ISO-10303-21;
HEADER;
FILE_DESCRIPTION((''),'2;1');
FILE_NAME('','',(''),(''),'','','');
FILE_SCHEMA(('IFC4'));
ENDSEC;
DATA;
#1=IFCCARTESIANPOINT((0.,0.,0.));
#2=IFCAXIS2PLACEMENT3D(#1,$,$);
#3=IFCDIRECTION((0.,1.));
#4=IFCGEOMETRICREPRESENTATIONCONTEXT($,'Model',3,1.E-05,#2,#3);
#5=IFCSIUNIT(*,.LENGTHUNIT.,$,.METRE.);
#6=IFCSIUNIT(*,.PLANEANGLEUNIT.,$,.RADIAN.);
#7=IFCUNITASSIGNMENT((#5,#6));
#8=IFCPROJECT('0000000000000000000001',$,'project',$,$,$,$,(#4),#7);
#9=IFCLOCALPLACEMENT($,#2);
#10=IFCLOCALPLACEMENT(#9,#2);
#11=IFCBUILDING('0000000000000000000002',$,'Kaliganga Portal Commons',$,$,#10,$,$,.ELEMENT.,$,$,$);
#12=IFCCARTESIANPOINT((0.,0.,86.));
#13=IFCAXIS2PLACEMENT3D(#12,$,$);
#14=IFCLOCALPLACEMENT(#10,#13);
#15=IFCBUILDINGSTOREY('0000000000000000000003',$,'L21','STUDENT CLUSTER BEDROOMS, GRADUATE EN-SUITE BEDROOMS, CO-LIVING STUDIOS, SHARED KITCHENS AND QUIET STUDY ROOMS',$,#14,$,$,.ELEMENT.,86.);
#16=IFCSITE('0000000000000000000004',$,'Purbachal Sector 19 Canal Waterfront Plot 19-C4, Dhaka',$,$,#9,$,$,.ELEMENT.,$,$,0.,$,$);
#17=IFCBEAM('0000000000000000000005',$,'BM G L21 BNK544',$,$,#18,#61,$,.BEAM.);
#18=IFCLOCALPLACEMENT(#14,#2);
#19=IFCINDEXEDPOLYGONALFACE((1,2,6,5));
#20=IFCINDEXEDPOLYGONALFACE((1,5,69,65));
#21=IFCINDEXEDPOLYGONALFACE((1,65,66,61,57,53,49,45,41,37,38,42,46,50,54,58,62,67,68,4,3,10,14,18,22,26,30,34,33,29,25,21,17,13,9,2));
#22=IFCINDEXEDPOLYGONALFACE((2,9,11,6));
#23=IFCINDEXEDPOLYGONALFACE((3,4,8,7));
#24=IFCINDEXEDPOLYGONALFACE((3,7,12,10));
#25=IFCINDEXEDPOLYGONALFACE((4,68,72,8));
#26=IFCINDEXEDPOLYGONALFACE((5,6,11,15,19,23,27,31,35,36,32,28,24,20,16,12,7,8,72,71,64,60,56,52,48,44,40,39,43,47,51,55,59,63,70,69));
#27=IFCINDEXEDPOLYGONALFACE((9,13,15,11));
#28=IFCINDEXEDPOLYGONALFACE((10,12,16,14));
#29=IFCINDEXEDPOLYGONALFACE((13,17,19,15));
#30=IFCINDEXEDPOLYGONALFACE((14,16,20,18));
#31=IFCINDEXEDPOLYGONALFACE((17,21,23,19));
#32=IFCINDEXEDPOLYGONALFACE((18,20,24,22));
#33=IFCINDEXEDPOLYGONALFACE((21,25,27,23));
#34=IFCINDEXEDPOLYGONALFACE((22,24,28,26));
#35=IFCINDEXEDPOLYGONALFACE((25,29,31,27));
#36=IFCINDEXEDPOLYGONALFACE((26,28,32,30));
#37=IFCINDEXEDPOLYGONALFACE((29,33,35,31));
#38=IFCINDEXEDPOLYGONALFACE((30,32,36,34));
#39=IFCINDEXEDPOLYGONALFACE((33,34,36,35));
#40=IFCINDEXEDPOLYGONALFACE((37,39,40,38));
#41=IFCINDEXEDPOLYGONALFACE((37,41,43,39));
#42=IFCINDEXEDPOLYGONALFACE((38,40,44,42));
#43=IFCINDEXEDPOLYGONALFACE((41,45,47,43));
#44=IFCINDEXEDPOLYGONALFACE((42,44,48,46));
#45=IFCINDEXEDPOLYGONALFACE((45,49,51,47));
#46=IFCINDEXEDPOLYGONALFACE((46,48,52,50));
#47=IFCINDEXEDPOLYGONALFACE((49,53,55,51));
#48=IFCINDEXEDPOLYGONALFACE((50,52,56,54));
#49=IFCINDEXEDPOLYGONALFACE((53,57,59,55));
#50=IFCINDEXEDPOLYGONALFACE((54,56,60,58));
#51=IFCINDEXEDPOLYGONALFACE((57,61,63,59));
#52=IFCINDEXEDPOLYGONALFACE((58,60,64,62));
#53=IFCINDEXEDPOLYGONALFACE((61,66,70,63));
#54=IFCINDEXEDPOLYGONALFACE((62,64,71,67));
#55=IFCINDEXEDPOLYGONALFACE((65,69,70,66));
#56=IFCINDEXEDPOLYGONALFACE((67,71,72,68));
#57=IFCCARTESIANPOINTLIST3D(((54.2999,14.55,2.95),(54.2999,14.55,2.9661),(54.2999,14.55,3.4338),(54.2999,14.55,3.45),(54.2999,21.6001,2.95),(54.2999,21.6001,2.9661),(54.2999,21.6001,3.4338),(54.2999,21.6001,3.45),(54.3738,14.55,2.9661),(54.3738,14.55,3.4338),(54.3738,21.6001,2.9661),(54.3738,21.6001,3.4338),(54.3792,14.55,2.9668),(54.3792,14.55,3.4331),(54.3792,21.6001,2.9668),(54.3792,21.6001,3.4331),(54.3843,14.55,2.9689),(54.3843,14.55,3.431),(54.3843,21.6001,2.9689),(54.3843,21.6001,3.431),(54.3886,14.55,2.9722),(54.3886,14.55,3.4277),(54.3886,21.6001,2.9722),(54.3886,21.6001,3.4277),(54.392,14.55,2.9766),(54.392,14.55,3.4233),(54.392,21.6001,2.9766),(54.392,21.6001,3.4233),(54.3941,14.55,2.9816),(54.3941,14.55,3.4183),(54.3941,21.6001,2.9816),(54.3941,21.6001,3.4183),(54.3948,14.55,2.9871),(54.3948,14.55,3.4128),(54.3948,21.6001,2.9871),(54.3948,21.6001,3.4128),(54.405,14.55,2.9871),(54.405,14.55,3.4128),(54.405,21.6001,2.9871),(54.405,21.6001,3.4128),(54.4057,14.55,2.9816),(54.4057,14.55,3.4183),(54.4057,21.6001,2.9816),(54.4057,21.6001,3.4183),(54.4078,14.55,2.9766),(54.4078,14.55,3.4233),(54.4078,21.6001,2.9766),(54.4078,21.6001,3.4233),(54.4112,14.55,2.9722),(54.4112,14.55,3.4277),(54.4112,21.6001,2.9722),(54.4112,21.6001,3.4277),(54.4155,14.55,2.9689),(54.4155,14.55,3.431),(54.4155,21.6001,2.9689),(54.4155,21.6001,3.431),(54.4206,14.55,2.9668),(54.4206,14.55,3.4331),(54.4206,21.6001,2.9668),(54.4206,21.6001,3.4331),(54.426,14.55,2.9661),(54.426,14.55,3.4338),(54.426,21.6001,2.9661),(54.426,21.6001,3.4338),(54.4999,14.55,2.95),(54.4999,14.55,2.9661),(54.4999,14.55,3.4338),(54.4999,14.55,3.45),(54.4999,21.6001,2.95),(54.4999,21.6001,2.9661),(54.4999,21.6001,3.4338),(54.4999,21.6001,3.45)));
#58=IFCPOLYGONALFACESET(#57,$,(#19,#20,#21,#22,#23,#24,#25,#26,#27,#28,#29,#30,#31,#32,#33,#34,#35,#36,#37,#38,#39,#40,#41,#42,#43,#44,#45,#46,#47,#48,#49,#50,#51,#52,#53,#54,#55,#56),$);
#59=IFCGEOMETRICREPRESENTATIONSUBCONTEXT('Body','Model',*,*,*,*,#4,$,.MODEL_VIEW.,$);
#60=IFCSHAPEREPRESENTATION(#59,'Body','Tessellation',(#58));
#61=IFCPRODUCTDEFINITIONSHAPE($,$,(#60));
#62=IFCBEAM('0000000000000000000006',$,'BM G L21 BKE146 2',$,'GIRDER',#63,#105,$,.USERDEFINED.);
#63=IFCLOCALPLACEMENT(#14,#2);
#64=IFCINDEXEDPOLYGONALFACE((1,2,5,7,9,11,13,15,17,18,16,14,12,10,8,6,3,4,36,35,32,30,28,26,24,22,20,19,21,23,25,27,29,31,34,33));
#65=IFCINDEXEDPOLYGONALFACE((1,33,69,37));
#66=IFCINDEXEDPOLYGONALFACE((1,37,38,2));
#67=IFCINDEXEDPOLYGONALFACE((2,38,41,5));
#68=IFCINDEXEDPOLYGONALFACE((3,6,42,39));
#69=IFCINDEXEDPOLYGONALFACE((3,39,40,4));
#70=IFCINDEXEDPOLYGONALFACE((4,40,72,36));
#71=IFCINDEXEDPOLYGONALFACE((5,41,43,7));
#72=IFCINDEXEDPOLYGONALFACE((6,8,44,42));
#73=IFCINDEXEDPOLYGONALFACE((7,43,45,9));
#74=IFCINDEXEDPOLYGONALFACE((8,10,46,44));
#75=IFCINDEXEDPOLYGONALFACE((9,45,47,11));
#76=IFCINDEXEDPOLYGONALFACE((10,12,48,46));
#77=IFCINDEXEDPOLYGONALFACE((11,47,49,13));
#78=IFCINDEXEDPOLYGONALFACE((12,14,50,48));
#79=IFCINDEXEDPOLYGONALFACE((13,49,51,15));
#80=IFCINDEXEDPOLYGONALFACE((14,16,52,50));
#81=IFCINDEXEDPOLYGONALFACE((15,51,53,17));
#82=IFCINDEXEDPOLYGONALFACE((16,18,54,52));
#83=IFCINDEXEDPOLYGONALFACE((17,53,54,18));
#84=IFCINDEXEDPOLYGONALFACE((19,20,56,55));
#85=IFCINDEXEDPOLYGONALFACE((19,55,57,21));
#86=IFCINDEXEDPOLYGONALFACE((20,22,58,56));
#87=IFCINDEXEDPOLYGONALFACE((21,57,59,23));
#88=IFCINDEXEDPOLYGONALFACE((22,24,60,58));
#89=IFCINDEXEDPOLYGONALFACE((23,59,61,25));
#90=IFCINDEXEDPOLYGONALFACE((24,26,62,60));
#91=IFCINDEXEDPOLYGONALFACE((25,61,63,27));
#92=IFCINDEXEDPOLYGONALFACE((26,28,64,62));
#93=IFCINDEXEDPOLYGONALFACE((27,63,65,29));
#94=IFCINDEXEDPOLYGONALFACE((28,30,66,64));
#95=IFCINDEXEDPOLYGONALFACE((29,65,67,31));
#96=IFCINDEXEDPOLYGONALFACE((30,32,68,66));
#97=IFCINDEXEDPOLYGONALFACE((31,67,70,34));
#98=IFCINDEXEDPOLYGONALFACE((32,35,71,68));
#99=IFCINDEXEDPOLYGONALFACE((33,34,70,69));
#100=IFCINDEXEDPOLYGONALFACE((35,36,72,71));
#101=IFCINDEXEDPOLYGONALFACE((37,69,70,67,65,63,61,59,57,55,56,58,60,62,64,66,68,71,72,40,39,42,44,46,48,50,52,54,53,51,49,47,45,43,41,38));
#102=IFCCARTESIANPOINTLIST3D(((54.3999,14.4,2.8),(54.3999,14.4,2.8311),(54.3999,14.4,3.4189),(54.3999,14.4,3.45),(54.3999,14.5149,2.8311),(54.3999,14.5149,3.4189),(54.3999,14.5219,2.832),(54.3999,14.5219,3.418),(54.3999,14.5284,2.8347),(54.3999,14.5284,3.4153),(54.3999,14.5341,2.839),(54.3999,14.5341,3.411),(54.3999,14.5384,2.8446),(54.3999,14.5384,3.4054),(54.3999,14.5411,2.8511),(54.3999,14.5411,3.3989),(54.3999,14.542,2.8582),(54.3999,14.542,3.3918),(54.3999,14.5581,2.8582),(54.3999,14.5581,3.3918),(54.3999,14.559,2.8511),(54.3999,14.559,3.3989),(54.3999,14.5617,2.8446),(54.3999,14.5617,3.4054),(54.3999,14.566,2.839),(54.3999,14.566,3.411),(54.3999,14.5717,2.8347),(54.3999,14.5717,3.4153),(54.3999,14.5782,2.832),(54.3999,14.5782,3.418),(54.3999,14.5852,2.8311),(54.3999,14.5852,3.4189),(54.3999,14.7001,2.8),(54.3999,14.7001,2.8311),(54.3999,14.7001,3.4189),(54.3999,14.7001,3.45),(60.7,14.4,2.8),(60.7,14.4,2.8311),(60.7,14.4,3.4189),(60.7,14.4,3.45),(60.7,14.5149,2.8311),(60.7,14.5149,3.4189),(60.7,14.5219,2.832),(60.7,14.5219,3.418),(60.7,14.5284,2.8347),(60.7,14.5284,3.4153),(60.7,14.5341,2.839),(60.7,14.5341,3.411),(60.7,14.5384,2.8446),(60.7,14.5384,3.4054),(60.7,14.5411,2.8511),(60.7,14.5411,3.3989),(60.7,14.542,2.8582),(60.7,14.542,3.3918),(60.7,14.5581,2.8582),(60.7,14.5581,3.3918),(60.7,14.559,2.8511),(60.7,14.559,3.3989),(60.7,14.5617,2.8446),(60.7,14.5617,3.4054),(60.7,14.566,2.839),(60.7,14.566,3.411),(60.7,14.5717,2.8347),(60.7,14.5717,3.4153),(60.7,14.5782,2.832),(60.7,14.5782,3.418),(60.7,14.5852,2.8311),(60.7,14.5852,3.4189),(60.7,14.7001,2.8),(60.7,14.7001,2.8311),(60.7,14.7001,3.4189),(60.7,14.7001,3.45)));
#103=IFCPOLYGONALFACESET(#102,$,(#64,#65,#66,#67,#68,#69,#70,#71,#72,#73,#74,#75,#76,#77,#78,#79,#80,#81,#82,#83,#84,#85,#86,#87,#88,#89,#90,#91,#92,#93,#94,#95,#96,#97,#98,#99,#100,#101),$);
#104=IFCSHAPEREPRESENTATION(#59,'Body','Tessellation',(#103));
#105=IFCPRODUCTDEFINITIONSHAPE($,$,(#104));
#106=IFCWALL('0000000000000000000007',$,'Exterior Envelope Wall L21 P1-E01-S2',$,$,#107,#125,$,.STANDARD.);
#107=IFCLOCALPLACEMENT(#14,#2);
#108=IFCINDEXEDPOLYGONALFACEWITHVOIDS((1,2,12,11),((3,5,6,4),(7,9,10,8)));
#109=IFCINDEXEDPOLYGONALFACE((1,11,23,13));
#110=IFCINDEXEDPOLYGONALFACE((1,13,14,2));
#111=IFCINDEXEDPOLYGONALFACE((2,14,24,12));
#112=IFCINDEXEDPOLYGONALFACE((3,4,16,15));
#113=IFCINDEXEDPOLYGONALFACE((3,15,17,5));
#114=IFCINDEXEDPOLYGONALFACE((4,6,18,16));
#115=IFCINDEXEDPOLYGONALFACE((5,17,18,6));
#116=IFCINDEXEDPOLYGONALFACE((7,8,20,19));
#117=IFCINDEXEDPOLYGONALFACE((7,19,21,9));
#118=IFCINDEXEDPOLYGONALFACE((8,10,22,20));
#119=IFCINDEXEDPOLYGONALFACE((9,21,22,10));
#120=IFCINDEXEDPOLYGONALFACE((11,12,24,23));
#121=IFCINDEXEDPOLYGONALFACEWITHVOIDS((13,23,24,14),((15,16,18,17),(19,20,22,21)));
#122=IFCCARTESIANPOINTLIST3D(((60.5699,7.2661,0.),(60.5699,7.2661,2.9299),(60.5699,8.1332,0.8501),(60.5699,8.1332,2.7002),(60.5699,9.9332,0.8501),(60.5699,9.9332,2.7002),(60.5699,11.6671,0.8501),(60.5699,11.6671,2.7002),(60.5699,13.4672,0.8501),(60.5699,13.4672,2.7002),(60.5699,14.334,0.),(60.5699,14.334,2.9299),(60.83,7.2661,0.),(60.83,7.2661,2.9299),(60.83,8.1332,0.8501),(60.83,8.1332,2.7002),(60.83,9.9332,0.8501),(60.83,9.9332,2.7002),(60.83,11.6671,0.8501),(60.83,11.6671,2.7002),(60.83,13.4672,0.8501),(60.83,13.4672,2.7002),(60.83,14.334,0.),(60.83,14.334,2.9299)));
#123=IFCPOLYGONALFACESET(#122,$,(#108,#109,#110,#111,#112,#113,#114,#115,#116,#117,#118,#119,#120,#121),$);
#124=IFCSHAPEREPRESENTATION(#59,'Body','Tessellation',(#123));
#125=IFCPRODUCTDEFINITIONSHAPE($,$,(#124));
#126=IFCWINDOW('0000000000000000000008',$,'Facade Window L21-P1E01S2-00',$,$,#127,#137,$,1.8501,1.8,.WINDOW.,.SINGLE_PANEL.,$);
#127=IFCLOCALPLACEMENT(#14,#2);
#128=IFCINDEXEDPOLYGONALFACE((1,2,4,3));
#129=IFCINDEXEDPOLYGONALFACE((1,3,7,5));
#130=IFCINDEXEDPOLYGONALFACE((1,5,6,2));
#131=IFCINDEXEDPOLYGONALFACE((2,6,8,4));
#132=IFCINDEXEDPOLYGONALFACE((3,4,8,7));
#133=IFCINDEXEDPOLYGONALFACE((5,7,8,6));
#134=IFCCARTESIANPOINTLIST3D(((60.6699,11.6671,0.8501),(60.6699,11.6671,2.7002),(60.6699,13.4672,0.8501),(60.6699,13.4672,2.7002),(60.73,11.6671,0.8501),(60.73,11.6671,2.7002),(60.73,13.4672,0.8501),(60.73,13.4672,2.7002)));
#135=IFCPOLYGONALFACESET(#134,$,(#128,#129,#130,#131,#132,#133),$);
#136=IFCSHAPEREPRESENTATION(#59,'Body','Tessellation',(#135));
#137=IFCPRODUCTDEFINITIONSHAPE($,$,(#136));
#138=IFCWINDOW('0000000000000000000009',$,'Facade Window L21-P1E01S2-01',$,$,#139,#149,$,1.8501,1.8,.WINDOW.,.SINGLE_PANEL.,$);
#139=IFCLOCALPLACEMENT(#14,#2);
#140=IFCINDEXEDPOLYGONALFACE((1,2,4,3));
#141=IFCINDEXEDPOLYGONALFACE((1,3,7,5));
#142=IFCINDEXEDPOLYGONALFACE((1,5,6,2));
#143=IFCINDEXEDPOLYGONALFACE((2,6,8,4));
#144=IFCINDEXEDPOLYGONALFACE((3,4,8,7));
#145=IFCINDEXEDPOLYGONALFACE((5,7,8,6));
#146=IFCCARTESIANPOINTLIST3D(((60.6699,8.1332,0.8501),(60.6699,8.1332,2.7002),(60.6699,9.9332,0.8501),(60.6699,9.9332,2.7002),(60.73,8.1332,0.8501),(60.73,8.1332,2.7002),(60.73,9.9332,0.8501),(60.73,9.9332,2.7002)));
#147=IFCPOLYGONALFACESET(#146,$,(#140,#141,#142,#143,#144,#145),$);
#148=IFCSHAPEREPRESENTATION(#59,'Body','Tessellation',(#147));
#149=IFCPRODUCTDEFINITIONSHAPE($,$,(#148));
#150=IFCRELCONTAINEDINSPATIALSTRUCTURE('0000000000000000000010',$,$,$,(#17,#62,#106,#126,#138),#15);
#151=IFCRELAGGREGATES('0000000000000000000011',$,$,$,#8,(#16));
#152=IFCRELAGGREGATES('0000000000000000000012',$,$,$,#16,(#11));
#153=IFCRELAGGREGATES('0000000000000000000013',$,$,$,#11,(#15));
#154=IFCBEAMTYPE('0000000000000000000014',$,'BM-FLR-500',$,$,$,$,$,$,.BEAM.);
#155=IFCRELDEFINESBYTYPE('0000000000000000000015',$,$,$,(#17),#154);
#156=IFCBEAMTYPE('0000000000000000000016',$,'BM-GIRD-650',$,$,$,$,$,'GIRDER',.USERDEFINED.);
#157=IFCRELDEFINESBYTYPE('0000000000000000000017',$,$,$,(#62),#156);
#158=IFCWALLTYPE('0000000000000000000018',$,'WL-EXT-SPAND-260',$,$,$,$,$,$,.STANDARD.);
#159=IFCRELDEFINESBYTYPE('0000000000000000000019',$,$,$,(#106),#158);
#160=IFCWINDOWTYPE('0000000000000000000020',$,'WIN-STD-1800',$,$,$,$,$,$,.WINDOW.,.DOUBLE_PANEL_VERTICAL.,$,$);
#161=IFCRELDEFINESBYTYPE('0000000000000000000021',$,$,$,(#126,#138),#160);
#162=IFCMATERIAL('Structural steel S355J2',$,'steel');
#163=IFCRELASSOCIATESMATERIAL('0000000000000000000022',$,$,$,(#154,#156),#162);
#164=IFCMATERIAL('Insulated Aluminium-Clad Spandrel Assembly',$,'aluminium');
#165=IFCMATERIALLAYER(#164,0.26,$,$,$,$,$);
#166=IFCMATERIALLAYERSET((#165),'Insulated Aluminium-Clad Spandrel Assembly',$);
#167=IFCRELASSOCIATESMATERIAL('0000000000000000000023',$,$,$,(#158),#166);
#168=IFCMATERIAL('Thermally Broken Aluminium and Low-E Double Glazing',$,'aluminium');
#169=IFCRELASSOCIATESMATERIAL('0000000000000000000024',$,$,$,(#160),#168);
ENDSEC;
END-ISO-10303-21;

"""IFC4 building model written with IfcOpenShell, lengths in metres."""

from ifc_helpers import new_model, si_unit, direction, frame, frame_2d, origin, origin_2d, place, context, subcontext, project, spatial, rectangle, i_section, extrude, source, transform, mapped, material, layer, layer_set, material_profile, profile_set, type_object, element, fill, save


model = new_model("IFC4")

# Units and contexts
model_context = context("Model", 3, precision=1e-05, world=origin(), true_north=direction((0.0, 1.0)))
body_context = subcontext(model_context, "Body", "Model", "MODEL_VIEW")
ifc_project = project(units=[si_unit("LENGTHUNIT", "METRE"), si_unit("PLANEANGLEUNIT", "RADIAN")], contexts=[model_context])

# Site, building, storey
site_placement = place(None, origin())
site = spatial("IfcSite", under=ifc_project, at=site_placement, Name="Purbachal Sector 19 Canal Waterfront Plot 19-C4, Dhaka", CompositionType="ELEMENT", RefElevation=0.0)
building_placement = place(site_placement, origin())
building = spatial("IfcBuilding", under=site, at=building_placement, Name="Kaliganga Portal Commons", CompositionType="ELEMENT")
storey_placement = place(building_placement, frame((0.0, 0.0, 86.0)))
storey = spatial("IfcBuildingStorey", under=building, at=storey_placement, Name="L21", Description="STUDENT CLUSTER BEDROOMS, GRADUATE EN-SUITE BEDROOMS, CO-LIVING STUDIOS, SHARED KITCHENS AND QUIET STUDY ROOMS", CompositionType="ELEMENT", Elevation=86.0)

# Beams
ifc_material_1 = material(Name="Structural steel S355J2", Category="steel")
ifc_material_profile_1 = material_profile(ifc_material_1, i_section(OverallWidth=0.2, OverallDepth=0.5, WebThickness=0.0103, FlangeThickness=0.0161, FilletRadius=0.021, at=origin_2d()), Name="IPE 500")
ifc_profile_set_1 = profile_set([ifc_material_profile_1], Name="Structural steel S355J2 wide-flange")
beam_type_1 = type_object("IfcBeamType", Name="BM-FLR-500", PredefinedType="BEAM", material=ifc_profile_set_1)
shared_shape_1 = source(origin(), body_context, "Body", "SweptSolid", [
    extrude(i_section(OverallWidth=0.2, OverallDepth=0.5, WebThickness=0.0103, FlangeThickness=0.0161, FilletRadius=0.021, at=origin_2d()), origin(), (0.0, 0.0, 1.0), 7.05),
])
for number, where, z_axis, x_axis, name in (
    (1, (54.3999, 14.55, 3.2), (0.0, 1.0, 0.0), (-1.0, 0.0, 0.0), "BM G L21 BNK544"),
):
    element("IfcBeam", number, at=place(storey_placement, frame(where, z_axis=z_axis, x_axis=x_axis)), inside=storey, type_object=beam_type_1, Name=name, PredefinedType="BEAM", context=body_context, shape_type="MappedRepresentation", body=[
        mapped(shared_shape_1, transform((0.0, 0.0, 0.0), x_axis=(1.0, 0.0, 0.0), y_axis=(0.0, 1.0, 0.0), z_axis=(0.0, 0.0, 1.0), scale=1.0)),
    ])
ifc_material_profile_2 = material_profile(ifc_material_1, i_section(OverallWidth=0.3, OverallDepth=0.6499, WebThickness=0.0161, FlangeThickness=0.031, FilletRadius=0.0271, at=origin_2d()), Name="HE 650 B")
ifc_profile_set_2 = profile_set([ifc_material_profile_2], Name="Structural steel S355J2 wide-flange")
beam_type_2 = type_object("IfcBeamType", Name="BM-GIRD-650", ElementType="GIRDER", PredefinedType="USERDEFINED", material=ifc_profile_set_2)
shared_shape_2 = source(origin(), body_context, "Body", "SweptSolid", [
    extrude(i_section(OverallWidth=0.3, OverallDepth=0.6499, WebThickness=0.0161, FlangeThickness=0.031, FilletRadius=0.0271, at=origin_2d()), origin(), (0.0, 0.0, 1.0), 6.3),
])
beam_1_placement = place(storey_placement, frame((54.3999, 14.55, 3.125), z_axis=(1.0, 0.0, 0.0), x_axis=(0.0, 1.0, 0.0)))
element("IfcBeam", 2, at=beam_1_placement, inside=storey, type_object=beam_type_2, Name="BM G L21 BKE146 2", ObjectType="GIRDER", PredefinedType="USERDEFINED", context=body_context, shape_type="MappedRepresentation", body=[
    mapped(shared_shape_2, transform((0.0, 0.0, 0.0), x_axis=(1.0, 0.0, 0.0), y_axis=(0.0, 1.0, 0.0), z_axis=(0.0, 0.0, 1.0), scale=1.0)),
])

# Wall, openings, windows
ifc_material_2 = material(Name="Insulated Aluminium-Clad Spandrel Assembly", Category="aluminium")
ifc_layer_1 = layer(ifc_material_2, 0.26)
ifc_layer_set_1 = layer_set([ifc_layer_1], Name="Insulated Aluminium-Clad Spandrel Assembly")
wall_type_1 = type_object("IfcWallType", Name="WL-EXT-SPAND-260", PredefinedType="STANDARD", material=ifc_layer_set_1)
wall_1_placement = place(storey_placement, frame((60.7, 14.334, 0.0), z_axis=(0.0, 0.0, 1.0), x_axis=(0.0, -1.0, 0.0)))
wall_1 = element("IfcWall", 3, at=wall_1_placement, inside=storey, type_object=wall_type_1, Name="Exterior Envelope Wall L21 P1-E01-S2", PredefinedType="STANDARD", context=body_context, shape_type="SweptSolid", body=[
    extrude(rectangle(XDim=7.0679, YDim=0.26, at=frame_2d((3.5339, 0.0))), origin(), (0.0, 0.0, 1.0), 2.9299),
])
opening_1_placement = place(wall_1_placement, frame((0.8669, 0.0, 0.8501)))
opening_1 = element("IfcOpeningElement", 4, at=opening_1_placement, cuts=wall_1, PredefinedType="OPENING", context=body_context, shape_type="SweptSolid", body=[
    extrude(rectangle(XDim=1.8, YDim=1.8501, at=frame_2d((0.8999, 0.925))), frame((0.0, 0.1401, 0.0), z_axis=(0.0, -1.0, 0.0), x_axis=(1.0, 0.0, 0.0)), (0.0, 0.0, 1.0), 0.28),
])
opening_2_placement = place(wall_1_placement, frame((4.4009, 0.0, 0.8501)))
opening_2 = element("IfcOpeningElement", 5, at=opening_2_placement, cuts=wall_1, PredefinedType="OPENING", context=body_context, shape_type="SweptSolid", body=[
    extrude(rectangle(XDim=1.8, YDim=1.8501, at=frame_2d((0.8999, 0.925))), frame((0.0, 0.1401, 0.0), z_axis=(0.0, -1.0, 0.0), x_axis=(1.0, 0.0, 0.0)), (0.0, 0.0, 1.0), 0.28),
])
ifc_material_3 = material(Name="Thermally Broken Aluminium and Low-E Double Glazing", Category="aluminium")
window_type = type_object("IfcWindowType", Name="WIN-STD-1800", PartitioningType="DOUBLE_PANEL_VERTICAL", PredefinedType="WINDOW", material=ifc_material_3)
window_1_placement = place(opening_1_placement, origin())
window_1 = element("IfcWindow", 6, at=window_1_placement, inside=storey, type_object=window_type, Name="Facade Window L21-P1E01S2-00", OverallHeight=1.8501, OverallWidth=1.8, PartitioningType="SINGLE_PANEL", PredefinedType="WINDOW", context=body_context, shape_type="SweptSolid", body=[
    extrude(rectangle(XDim=1.8, YDim=1.8501, at=frame_2d((0.8999, 0.925))), frame((0.0, 0.03, 0.0), z_axis=(0.0, -1.0, 0.0), x_axis=(1.0, 0.0, 0.0)), (0.0, 0.0, 1.0), 0.0601),
])
fill(opening_1, window_1)
window_2_placement = place(opening_2_placement, origin())
window_2 = element("IfcWindow", 7, at=window_2_placement, inside=storey, type_object=window_type, Name="Facade Window L21-P1E01S2-01", OverallHeight=1.8501, OverallWidth=1.8, PartitioningType="SINGLE_PANEL", PredefinedType="WINDOW", context=body_context, shape_type="SweptSolid", body=[
    extrude(rectangle(XDim=1.8, YDim=1.8501, at=frame_2d((0.8999, 0.925))), frame((0.0, 0.03, 0.0), z_axis=(0.0, -1.0, 0.0), x_axis=(1.0, 0.0, 0.0)), (0.0, 0.0, 1.0), 0.0601),
])
fill(opening_2, window_2)

save(model, "model.ifc")
